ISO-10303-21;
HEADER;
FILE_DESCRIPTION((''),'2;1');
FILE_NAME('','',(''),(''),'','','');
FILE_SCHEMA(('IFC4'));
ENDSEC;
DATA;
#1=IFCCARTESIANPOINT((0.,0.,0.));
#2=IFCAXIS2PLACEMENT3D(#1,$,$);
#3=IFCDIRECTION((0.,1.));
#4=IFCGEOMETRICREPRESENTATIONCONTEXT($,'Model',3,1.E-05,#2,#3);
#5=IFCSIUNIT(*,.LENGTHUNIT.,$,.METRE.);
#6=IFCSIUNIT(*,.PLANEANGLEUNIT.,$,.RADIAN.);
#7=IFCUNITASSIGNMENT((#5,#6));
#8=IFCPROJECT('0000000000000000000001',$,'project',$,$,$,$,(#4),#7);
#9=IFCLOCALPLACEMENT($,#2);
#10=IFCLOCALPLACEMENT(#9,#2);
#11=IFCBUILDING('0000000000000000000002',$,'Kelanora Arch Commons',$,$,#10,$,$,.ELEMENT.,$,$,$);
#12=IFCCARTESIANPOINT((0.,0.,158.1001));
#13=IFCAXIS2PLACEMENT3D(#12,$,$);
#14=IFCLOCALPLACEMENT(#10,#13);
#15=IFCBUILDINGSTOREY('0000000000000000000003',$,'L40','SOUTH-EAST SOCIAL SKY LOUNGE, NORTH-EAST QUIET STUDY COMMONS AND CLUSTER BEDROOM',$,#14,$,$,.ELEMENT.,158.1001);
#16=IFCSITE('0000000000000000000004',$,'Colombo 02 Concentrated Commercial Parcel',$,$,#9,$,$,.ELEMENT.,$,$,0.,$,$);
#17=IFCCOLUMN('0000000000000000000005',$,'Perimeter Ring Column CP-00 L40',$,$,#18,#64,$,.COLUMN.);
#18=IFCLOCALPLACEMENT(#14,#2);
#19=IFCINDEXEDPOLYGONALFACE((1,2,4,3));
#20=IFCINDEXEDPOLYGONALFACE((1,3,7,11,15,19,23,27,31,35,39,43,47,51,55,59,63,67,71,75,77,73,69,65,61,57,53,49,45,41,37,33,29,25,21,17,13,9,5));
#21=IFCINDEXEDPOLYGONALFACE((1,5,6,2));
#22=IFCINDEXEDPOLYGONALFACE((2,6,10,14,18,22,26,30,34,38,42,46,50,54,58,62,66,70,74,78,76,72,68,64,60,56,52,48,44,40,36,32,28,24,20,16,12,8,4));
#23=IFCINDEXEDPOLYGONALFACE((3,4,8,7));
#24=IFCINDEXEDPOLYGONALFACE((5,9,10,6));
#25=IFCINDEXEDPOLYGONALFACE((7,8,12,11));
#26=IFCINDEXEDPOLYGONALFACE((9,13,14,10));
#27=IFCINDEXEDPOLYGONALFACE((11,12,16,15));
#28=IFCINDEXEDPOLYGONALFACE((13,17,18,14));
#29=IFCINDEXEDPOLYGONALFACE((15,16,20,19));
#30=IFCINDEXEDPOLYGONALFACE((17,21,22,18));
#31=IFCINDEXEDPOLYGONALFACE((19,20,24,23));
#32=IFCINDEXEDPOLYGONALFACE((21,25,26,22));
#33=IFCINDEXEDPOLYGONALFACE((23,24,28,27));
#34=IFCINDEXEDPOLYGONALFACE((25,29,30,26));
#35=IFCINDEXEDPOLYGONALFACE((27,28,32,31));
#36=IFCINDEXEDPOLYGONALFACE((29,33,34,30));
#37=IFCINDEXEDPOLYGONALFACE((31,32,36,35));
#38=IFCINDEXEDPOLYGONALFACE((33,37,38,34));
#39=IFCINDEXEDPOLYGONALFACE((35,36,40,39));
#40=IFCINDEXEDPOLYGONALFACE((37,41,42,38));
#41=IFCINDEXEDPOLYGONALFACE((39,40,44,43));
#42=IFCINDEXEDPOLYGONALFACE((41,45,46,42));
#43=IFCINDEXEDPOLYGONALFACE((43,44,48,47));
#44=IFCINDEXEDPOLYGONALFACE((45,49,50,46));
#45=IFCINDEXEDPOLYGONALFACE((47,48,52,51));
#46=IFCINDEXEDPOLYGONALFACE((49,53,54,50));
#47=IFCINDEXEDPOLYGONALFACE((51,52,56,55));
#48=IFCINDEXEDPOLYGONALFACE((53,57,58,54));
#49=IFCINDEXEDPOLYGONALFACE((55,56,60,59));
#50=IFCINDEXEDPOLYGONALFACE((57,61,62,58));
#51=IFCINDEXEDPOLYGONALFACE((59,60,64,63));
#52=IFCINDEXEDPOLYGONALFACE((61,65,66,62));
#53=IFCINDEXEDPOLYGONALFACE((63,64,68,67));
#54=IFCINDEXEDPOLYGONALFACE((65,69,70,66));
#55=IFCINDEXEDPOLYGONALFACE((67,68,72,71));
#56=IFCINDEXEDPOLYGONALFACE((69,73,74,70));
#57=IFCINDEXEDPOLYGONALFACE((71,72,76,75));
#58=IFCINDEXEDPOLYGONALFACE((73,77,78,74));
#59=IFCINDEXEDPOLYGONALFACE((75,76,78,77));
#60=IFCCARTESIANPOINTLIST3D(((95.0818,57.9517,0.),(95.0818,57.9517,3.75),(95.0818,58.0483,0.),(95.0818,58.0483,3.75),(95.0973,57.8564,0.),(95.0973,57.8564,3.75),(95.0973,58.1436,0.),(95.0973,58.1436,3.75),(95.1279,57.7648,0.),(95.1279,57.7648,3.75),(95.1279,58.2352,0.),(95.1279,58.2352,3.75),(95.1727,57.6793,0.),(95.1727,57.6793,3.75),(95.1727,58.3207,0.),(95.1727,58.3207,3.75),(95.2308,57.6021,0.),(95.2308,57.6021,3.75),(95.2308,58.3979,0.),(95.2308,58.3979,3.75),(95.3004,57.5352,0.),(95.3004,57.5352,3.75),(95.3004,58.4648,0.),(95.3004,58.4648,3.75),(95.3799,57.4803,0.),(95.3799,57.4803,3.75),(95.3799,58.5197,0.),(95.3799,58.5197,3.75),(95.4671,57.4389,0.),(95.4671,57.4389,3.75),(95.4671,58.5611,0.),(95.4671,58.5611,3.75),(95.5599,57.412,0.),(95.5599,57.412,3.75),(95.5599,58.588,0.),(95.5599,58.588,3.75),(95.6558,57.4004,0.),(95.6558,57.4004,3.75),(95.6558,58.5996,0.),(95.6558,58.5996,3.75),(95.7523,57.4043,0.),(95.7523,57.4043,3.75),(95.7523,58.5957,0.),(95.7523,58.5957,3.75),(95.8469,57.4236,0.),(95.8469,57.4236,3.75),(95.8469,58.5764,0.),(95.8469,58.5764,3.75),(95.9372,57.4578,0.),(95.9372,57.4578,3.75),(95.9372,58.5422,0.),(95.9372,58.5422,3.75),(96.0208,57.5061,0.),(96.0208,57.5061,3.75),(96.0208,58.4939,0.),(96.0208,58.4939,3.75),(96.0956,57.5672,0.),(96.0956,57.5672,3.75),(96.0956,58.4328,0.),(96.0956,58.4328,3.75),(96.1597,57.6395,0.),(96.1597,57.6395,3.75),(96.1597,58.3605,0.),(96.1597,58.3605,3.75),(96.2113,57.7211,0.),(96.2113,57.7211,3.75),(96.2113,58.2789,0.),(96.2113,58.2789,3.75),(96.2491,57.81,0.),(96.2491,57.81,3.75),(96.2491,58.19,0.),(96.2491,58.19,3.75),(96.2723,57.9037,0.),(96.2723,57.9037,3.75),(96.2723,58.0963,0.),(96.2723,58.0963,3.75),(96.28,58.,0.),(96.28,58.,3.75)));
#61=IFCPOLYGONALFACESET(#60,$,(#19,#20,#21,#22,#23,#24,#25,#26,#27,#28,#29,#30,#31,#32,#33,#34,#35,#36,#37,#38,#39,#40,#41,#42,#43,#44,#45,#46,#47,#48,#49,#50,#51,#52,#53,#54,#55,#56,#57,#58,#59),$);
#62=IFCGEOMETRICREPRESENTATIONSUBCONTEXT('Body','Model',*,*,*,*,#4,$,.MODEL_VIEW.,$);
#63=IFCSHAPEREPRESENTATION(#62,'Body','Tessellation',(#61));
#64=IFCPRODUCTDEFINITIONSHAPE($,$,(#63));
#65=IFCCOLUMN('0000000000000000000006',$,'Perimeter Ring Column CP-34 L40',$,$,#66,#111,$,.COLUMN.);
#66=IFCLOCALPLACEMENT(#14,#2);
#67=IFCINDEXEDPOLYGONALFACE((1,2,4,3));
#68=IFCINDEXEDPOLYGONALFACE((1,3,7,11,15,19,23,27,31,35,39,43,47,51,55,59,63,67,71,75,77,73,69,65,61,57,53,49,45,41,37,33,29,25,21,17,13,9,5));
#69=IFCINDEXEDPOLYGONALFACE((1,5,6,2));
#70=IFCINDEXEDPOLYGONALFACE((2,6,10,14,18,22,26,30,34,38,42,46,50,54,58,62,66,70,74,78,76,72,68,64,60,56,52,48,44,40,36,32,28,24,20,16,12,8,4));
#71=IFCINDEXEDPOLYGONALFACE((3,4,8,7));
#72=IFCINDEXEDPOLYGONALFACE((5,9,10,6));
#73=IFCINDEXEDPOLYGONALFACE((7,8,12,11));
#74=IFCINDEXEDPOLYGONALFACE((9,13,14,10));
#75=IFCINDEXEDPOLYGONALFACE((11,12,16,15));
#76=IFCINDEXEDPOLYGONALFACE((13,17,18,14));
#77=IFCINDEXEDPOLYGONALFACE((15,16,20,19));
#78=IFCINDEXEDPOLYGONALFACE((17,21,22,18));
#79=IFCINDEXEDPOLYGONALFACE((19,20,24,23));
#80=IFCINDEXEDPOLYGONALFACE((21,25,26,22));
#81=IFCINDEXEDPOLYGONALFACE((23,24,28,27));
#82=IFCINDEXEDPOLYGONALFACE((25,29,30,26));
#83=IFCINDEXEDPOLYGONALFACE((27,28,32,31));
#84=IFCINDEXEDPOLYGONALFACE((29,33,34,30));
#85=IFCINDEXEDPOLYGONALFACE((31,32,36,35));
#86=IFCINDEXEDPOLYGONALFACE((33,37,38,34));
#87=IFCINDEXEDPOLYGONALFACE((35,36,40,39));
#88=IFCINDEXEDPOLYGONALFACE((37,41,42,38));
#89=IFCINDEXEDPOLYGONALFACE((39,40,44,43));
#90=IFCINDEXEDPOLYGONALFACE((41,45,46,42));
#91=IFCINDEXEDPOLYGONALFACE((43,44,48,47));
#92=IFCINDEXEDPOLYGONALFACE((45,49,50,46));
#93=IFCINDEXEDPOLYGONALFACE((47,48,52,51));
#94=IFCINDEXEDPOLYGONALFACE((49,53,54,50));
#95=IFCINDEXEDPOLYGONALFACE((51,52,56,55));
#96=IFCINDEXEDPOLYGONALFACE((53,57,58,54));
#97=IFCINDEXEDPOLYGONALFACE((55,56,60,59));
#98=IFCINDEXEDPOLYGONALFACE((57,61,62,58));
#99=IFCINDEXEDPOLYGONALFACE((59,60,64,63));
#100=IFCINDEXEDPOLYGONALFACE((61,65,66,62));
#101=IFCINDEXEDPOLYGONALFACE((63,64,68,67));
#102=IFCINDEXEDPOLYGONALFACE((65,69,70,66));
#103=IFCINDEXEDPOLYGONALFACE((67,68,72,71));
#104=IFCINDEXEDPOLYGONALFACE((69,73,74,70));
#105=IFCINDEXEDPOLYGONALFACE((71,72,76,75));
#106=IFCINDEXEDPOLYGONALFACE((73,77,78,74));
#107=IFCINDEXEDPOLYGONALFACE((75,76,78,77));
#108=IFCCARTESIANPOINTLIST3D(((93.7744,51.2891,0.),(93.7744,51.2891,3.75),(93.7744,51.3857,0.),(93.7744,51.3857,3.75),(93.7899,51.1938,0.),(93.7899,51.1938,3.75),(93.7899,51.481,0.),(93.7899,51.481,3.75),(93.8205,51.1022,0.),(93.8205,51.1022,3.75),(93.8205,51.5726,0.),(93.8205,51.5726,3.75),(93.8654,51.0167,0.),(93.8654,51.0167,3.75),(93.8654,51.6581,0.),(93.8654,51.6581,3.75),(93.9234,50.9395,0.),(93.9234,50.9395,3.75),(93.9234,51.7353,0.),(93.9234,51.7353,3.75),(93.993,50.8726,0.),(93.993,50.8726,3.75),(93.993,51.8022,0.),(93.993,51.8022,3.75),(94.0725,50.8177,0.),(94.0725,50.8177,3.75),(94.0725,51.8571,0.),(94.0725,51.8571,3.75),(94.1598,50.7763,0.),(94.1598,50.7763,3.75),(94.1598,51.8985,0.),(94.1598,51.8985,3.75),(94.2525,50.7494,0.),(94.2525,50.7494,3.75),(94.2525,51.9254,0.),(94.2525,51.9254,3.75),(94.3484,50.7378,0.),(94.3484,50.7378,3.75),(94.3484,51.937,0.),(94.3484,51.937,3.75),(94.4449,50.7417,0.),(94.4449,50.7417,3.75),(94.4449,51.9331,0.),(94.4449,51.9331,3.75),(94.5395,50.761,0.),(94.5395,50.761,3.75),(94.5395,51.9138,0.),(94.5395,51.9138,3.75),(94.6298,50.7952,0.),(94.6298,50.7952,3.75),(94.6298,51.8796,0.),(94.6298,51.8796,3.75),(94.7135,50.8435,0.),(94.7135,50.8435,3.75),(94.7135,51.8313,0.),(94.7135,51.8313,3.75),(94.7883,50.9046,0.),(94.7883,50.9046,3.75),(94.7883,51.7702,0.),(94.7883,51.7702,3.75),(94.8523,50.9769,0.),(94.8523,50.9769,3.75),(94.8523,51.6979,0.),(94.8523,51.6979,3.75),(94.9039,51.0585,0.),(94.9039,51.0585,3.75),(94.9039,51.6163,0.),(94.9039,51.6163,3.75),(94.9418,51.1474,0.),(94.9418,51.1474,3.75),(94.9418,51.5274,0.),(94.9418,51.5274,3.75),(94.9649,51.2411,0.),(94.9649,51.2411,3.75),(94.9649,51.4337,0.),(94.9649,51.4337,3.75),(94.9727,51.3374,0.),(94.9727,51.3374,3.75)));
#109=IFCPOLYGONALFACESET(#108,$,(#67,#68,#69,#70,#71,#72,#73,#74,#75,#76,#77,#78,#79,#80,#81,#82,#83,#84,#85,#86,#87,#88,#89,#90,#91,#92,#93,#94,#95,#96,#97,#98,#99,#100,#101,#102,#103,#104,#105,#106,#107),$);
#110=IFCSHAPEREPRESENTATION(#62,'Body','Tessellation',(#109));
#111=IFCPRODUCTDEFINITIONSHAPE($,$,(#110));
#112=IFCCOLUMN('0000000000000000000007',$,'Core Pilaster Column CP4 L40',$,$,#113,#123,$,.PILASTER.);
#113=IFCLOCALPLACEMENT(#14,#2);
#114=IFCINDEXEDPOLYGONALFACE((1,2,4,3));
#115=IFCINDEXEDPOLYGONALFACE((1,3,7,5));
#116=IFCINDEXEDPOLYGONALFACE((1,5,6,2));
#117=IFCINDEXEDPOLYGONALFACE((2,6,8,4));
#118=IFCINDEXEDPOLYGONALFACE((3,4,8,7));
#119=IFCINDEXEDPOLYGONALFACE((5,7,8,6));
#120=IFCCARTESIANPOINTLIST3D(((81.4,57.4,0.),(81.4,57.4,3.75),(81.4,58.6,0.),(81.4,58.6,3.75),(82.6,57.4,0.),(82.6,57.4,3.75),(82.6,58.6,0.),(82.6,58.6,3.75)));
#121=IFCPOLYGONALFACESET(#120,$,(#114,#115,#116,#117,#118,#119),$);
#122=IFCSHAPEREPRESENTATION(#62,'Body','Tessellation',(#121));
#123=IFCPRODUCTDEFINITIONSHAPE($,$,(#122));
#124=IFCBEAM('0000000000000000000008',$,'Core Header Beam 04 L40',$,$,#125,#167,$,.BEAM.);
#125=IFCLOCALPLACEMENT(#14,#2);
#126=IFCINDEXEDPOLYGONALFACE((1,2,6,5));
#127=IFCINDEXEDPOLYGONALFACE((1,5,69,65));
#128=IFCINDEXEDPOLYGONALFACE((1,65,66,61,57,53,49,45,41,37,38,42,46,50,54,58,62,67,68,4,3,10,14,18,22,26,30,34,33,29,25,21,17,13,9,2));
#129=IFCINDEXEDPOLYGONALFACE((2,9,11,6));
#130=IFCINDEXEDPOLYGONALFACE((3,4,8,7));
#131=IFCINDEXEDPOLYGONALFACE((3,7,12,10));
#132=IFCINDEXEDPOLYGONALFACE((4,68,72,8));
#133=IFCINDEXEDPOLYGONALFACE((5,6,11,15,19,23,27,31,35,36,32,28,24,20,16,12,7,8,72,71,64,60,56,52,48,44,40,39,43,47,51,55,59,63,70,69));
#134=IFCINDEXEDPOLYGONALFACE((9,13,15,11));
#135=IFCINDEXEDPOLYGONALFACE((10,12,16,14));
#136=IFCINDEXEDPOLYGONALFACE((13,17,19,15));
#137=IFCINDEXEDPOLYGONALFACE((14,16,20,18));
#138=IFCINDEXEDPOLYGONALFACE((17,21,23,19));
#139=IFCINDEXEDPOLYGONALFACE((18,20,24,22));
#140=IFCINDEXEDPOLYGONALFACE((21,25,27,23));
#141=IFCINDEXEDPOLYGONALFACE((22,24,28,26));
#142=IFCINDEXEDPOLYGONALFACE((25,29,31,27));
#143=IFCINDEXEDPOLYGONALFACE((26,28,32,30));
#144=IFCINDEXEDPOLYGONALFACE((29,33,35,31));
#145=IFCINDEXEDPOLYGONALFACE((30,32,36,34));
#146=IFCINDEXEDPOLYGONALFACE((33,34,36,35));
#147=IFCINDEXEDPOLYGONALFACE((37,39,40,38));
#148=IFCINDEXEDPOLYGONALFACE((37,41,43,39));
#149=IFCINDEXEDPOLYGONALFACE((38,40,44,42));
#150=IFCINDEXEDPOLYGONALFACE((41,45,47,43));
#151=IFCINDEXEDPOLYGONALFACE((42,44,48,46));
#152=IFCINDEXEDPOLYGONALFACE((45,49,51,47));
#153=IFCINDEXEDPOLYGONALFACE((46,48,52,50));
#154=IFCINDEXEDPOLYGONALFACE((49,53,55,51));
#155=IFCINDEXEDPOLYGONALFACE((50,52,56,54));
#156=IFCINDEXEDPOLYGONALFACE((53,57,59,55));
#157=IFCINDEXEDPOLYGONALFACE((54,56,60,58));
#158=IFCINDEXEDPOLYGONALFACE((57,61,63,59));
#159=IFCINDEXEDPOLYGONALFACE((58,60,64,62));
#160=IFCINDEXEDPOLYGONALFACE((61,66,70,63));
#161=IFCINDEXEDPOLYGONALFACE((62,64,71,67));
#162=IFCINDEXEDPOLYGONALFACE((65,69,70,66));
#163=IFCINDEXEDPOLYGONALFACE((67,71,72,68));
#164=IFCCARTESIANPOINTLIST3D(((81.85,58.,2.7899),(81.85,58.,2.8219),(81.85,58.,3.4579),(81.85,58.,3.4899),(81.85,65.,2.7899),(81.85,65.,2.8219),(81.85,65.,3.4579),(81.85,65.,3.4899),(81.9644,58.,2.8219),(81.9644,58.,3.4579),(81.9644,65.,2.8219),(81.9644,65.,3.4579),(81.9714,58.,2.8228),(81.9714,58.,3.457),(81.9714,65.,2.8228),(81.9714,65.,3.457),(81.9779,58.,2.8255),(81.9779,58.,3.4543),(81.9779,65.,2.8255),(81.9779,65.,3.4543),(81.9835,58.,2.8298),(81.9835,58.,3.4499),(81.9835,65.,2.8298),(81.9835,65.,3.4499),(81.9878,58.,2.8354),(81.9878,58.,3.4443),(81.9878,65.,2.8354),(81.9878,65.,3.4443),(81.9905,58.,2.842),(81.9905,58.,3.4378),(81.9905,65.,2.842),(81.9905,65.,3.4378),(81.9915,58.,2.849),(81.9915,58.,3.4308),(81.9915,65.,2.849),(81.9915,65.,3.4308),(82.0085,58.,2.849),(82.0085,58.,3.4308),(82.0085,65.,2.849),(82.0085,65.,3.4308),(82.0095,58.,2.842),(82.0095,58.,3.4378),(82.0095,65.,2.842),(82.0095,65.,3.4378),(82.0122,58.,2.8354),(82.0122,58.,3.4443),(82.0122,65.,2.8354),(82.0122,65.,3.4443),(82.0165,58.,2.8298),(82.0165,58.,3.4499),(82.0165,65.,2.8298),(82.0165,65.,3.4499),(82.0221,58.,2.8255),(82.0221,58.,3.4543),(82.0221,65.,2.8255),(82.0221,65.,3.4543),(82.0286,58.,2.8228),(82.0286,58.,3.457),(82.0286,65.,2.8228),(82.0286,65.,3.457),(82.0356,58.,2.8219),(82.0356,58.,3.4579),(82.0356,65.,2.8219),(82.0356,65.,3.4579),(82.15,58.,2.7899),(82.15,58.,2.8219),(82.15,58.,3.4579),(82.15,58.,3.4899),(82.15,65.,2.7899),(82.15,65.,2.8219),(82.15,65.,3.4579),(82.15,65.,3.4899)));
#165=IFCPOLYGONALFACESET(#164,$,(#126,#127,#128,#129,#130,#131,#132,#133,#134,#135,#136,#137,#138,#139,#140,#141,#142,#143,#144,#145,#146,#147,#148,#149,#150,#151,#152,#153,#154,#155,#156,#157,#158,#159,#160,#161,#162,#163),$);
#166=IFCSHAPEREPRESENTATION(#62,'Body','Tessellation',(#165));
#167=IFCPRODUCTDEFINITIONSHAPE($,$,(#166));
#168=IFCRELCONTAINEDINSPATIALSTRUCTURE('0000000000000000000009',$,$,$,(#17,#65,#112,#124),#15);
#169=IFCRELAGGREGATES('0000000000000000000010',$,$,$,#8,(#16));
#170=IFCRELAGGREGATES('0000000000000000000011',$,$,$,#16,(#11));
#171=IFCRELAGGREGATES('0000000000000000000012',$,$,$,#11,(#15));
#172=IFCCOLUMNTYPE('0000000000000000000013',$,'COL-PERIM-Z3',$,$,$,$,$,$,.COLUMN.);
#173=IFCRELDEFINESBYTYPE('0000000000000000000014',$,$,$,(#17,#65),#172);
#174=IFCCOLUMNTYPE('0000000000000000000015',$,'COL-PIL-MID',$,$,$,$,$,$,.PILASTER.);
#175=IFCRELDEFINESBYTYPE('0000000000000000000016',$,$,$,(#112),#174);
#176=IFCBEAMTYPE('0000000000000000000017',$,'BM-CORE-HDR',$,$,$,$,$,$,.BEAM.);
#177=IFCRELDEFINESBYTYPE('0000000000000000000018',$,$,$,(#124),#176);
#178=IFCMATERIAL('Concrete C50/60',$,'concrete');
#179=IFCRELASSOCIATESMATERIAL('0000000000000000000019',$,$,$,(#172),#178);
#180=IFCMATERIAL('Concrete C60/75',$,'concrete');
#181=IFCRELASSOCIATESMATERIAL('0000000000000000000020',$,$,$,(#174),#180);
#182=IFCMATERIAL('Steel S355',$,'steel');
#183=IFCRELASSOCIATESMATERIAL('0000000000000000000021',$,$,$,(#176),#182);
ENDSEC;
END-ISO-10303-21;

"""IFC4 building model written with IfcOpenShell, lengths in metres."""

from ifc_helpers import new_model, si_unit, direction, frame, origin, origin_2d, place, context, subcontext, project, spatial, rectangle, circle, i_section, extrude, material, material_profile, profile_set, type_object, element, save


model = new_model("IFC4")

# Units and contexts
model_context = context("Model", 3, precision=1e-05, world=origin(), true_north=direction((0.0, 1.0)))
body_context = subcontext(model_context, "Body", "Model", "MODEL_VIEW")
ifc_project = project(units=[si_unit("LENGTHUNIT", "METRE"), si_unit("PLANEANGLEUNIT", "RADIAN")], contexts=[model_context])

# Site, building, storey
site_placement = place(None, origin())
site = spatial("IfcSite", under=ifc_project, at=site_placement, Name="Colombo 02 Concentrated Commercial Parcel", CompositionType="ELEMENT", RefElevation=0.0)
building_placement = place(site_placement, origin())
building = spatial("IfcBuilding", under=site, at=building_placement, Name="Kelanora Arch Commons", CompositionType="ELEMENT")
storey_placement = place(building_placement, frame((0.0, 0.0, 158.1001)))
storey = spatial("IfcBuildingStorey", under=building, at=storey_placement, Name="L40", Description="SOUTH-EAST SOCIAL SKY LOUNGE, NORTH-EAST QUIET STUDY COMMONS AND CLUSTER BEDROOM", CompositionType="ELEMENT", Elevation=158.1001)

# Columns
ifc_material_1 = material(Name="Concrete C50/60", Category="concrete")
ifc_material_profile_1 = material_profile(ifc_material_1, circle(Radius=0.6001, at=origin_2d()), Name="RCC1200")
ifc_profile_set_1 = profile_set([ifc_material_profile_1], Name="Concrete C50/60")
column_type_1 = type_object("IfcColumnType", Name="COL-PERIM-Z3", PredefinedType="COLUMN", material=ifc_profile_set_1)
for number, where, z_axis, x_axis, name in (
    (1, (95.6799, 58.0, 0.0), (0.0, 0.0, 1.0), (1.0, 0.0, 0.0), "Perimeter Ring Column CP-00 L40"),
    (2, (94.3726, 51.3374, 0.0), (0.0, 0.0, 1.0), (1.0, 0.0, 0.0), "Perimeter Ring Column CP-34 L40"),
):
    element("IfcColumn", number, at=place(storey_placement, frame(where, z_axis=z_axis, x_axis=x_axis)), inside=storey, type_object=column_type_1, Name=name, PredefinedType="COLUMN", context=body_context, shape_type="SweptSolid", body=[
        extrude(circle(Radius=0.6001, at=origin_2d()), origin(), (0.0, 0.0, 1.0), 3.75),
    ])
ifc_material_2 = material(Name="Concrete C60/75", Category="concrete")
ifc_material_profile_2 = material_profile(ifc_material_2, rectangle(XDim=1.2, YDim=1.2, at=origin_2d()), Name="RC1200x1200")
ifc_profile_set_2 = profile_set([ifc_material_profile_2], Name="Concrete C60/75")
column_type_2 = type_object("IfcColumnType", Name="COL-PIL-MID", PredefinedType="PILASTER", material=ifc_profile_set_2)
column_placement = place(storey_placement, frame((82.0, 58.0, 0.0), z_axis=(0.0, 0.0, 1.0), x_axis=(1.0, 0.0, 0.0)))
element("IfcColumn", 3, at=column_placement, inside=storey, type_object=column_type_2, Name="Core Pilaster Column CP4 L40", PredefinedType="PILASTER", context=body_context, shape_type="SweptSolid", body=[
    extrude(rectangle(XDim=1.2, YDim=1.2, at=origin_2d()), origin(), (0.0, 0.0, 1.0), 3.75),
])

# Beam
ifc_material_3 = material(Name="Steel S355", Category="steel")
ifc_material_profile_3 = material_profile(ifc_material_3, i_section(OverallWidth=0.3, OverallDepth=0.7, WebThickness=0.0171, FlangeThickness=0.032, FilletRadius=0.0271, at=origin_2d()), Name="HEB700")
ifc_profile_set_3 = profile_set([ifc_material_profile_3], Name="Steel S355")
beam_type_1 = type_object("IfcBeamType", Name="BM-CORE-HDR", PredefinedType="BEAM", material=ifc_profile_set_3)
beam_1_placement = place(storey_placement, frame((82.0, 58.0, 3.1399), z_axis=(0.0, 1.0, 0.0), x_axis=(-1.0, 0.0, 0.0)))
element("IfcBeam", 4, at=beam_1_placement, inside=storey, type_object=beam_type_1, Name="Core Header Beam 04 L40", PredefinedType="BEAM", context=body_context, shape_type="SweptSolid", body=[
    extrude(i_section(OverallWidth=0.3, OverallDepth=0.7, WebThickness=0.0171, FlangeThickness=0.032, FilletRadius=0.0271, at=origin_2d()), origin(), (0.0, 0.0, 1.0), 7.0),
])

save(model, "model.ifc")
